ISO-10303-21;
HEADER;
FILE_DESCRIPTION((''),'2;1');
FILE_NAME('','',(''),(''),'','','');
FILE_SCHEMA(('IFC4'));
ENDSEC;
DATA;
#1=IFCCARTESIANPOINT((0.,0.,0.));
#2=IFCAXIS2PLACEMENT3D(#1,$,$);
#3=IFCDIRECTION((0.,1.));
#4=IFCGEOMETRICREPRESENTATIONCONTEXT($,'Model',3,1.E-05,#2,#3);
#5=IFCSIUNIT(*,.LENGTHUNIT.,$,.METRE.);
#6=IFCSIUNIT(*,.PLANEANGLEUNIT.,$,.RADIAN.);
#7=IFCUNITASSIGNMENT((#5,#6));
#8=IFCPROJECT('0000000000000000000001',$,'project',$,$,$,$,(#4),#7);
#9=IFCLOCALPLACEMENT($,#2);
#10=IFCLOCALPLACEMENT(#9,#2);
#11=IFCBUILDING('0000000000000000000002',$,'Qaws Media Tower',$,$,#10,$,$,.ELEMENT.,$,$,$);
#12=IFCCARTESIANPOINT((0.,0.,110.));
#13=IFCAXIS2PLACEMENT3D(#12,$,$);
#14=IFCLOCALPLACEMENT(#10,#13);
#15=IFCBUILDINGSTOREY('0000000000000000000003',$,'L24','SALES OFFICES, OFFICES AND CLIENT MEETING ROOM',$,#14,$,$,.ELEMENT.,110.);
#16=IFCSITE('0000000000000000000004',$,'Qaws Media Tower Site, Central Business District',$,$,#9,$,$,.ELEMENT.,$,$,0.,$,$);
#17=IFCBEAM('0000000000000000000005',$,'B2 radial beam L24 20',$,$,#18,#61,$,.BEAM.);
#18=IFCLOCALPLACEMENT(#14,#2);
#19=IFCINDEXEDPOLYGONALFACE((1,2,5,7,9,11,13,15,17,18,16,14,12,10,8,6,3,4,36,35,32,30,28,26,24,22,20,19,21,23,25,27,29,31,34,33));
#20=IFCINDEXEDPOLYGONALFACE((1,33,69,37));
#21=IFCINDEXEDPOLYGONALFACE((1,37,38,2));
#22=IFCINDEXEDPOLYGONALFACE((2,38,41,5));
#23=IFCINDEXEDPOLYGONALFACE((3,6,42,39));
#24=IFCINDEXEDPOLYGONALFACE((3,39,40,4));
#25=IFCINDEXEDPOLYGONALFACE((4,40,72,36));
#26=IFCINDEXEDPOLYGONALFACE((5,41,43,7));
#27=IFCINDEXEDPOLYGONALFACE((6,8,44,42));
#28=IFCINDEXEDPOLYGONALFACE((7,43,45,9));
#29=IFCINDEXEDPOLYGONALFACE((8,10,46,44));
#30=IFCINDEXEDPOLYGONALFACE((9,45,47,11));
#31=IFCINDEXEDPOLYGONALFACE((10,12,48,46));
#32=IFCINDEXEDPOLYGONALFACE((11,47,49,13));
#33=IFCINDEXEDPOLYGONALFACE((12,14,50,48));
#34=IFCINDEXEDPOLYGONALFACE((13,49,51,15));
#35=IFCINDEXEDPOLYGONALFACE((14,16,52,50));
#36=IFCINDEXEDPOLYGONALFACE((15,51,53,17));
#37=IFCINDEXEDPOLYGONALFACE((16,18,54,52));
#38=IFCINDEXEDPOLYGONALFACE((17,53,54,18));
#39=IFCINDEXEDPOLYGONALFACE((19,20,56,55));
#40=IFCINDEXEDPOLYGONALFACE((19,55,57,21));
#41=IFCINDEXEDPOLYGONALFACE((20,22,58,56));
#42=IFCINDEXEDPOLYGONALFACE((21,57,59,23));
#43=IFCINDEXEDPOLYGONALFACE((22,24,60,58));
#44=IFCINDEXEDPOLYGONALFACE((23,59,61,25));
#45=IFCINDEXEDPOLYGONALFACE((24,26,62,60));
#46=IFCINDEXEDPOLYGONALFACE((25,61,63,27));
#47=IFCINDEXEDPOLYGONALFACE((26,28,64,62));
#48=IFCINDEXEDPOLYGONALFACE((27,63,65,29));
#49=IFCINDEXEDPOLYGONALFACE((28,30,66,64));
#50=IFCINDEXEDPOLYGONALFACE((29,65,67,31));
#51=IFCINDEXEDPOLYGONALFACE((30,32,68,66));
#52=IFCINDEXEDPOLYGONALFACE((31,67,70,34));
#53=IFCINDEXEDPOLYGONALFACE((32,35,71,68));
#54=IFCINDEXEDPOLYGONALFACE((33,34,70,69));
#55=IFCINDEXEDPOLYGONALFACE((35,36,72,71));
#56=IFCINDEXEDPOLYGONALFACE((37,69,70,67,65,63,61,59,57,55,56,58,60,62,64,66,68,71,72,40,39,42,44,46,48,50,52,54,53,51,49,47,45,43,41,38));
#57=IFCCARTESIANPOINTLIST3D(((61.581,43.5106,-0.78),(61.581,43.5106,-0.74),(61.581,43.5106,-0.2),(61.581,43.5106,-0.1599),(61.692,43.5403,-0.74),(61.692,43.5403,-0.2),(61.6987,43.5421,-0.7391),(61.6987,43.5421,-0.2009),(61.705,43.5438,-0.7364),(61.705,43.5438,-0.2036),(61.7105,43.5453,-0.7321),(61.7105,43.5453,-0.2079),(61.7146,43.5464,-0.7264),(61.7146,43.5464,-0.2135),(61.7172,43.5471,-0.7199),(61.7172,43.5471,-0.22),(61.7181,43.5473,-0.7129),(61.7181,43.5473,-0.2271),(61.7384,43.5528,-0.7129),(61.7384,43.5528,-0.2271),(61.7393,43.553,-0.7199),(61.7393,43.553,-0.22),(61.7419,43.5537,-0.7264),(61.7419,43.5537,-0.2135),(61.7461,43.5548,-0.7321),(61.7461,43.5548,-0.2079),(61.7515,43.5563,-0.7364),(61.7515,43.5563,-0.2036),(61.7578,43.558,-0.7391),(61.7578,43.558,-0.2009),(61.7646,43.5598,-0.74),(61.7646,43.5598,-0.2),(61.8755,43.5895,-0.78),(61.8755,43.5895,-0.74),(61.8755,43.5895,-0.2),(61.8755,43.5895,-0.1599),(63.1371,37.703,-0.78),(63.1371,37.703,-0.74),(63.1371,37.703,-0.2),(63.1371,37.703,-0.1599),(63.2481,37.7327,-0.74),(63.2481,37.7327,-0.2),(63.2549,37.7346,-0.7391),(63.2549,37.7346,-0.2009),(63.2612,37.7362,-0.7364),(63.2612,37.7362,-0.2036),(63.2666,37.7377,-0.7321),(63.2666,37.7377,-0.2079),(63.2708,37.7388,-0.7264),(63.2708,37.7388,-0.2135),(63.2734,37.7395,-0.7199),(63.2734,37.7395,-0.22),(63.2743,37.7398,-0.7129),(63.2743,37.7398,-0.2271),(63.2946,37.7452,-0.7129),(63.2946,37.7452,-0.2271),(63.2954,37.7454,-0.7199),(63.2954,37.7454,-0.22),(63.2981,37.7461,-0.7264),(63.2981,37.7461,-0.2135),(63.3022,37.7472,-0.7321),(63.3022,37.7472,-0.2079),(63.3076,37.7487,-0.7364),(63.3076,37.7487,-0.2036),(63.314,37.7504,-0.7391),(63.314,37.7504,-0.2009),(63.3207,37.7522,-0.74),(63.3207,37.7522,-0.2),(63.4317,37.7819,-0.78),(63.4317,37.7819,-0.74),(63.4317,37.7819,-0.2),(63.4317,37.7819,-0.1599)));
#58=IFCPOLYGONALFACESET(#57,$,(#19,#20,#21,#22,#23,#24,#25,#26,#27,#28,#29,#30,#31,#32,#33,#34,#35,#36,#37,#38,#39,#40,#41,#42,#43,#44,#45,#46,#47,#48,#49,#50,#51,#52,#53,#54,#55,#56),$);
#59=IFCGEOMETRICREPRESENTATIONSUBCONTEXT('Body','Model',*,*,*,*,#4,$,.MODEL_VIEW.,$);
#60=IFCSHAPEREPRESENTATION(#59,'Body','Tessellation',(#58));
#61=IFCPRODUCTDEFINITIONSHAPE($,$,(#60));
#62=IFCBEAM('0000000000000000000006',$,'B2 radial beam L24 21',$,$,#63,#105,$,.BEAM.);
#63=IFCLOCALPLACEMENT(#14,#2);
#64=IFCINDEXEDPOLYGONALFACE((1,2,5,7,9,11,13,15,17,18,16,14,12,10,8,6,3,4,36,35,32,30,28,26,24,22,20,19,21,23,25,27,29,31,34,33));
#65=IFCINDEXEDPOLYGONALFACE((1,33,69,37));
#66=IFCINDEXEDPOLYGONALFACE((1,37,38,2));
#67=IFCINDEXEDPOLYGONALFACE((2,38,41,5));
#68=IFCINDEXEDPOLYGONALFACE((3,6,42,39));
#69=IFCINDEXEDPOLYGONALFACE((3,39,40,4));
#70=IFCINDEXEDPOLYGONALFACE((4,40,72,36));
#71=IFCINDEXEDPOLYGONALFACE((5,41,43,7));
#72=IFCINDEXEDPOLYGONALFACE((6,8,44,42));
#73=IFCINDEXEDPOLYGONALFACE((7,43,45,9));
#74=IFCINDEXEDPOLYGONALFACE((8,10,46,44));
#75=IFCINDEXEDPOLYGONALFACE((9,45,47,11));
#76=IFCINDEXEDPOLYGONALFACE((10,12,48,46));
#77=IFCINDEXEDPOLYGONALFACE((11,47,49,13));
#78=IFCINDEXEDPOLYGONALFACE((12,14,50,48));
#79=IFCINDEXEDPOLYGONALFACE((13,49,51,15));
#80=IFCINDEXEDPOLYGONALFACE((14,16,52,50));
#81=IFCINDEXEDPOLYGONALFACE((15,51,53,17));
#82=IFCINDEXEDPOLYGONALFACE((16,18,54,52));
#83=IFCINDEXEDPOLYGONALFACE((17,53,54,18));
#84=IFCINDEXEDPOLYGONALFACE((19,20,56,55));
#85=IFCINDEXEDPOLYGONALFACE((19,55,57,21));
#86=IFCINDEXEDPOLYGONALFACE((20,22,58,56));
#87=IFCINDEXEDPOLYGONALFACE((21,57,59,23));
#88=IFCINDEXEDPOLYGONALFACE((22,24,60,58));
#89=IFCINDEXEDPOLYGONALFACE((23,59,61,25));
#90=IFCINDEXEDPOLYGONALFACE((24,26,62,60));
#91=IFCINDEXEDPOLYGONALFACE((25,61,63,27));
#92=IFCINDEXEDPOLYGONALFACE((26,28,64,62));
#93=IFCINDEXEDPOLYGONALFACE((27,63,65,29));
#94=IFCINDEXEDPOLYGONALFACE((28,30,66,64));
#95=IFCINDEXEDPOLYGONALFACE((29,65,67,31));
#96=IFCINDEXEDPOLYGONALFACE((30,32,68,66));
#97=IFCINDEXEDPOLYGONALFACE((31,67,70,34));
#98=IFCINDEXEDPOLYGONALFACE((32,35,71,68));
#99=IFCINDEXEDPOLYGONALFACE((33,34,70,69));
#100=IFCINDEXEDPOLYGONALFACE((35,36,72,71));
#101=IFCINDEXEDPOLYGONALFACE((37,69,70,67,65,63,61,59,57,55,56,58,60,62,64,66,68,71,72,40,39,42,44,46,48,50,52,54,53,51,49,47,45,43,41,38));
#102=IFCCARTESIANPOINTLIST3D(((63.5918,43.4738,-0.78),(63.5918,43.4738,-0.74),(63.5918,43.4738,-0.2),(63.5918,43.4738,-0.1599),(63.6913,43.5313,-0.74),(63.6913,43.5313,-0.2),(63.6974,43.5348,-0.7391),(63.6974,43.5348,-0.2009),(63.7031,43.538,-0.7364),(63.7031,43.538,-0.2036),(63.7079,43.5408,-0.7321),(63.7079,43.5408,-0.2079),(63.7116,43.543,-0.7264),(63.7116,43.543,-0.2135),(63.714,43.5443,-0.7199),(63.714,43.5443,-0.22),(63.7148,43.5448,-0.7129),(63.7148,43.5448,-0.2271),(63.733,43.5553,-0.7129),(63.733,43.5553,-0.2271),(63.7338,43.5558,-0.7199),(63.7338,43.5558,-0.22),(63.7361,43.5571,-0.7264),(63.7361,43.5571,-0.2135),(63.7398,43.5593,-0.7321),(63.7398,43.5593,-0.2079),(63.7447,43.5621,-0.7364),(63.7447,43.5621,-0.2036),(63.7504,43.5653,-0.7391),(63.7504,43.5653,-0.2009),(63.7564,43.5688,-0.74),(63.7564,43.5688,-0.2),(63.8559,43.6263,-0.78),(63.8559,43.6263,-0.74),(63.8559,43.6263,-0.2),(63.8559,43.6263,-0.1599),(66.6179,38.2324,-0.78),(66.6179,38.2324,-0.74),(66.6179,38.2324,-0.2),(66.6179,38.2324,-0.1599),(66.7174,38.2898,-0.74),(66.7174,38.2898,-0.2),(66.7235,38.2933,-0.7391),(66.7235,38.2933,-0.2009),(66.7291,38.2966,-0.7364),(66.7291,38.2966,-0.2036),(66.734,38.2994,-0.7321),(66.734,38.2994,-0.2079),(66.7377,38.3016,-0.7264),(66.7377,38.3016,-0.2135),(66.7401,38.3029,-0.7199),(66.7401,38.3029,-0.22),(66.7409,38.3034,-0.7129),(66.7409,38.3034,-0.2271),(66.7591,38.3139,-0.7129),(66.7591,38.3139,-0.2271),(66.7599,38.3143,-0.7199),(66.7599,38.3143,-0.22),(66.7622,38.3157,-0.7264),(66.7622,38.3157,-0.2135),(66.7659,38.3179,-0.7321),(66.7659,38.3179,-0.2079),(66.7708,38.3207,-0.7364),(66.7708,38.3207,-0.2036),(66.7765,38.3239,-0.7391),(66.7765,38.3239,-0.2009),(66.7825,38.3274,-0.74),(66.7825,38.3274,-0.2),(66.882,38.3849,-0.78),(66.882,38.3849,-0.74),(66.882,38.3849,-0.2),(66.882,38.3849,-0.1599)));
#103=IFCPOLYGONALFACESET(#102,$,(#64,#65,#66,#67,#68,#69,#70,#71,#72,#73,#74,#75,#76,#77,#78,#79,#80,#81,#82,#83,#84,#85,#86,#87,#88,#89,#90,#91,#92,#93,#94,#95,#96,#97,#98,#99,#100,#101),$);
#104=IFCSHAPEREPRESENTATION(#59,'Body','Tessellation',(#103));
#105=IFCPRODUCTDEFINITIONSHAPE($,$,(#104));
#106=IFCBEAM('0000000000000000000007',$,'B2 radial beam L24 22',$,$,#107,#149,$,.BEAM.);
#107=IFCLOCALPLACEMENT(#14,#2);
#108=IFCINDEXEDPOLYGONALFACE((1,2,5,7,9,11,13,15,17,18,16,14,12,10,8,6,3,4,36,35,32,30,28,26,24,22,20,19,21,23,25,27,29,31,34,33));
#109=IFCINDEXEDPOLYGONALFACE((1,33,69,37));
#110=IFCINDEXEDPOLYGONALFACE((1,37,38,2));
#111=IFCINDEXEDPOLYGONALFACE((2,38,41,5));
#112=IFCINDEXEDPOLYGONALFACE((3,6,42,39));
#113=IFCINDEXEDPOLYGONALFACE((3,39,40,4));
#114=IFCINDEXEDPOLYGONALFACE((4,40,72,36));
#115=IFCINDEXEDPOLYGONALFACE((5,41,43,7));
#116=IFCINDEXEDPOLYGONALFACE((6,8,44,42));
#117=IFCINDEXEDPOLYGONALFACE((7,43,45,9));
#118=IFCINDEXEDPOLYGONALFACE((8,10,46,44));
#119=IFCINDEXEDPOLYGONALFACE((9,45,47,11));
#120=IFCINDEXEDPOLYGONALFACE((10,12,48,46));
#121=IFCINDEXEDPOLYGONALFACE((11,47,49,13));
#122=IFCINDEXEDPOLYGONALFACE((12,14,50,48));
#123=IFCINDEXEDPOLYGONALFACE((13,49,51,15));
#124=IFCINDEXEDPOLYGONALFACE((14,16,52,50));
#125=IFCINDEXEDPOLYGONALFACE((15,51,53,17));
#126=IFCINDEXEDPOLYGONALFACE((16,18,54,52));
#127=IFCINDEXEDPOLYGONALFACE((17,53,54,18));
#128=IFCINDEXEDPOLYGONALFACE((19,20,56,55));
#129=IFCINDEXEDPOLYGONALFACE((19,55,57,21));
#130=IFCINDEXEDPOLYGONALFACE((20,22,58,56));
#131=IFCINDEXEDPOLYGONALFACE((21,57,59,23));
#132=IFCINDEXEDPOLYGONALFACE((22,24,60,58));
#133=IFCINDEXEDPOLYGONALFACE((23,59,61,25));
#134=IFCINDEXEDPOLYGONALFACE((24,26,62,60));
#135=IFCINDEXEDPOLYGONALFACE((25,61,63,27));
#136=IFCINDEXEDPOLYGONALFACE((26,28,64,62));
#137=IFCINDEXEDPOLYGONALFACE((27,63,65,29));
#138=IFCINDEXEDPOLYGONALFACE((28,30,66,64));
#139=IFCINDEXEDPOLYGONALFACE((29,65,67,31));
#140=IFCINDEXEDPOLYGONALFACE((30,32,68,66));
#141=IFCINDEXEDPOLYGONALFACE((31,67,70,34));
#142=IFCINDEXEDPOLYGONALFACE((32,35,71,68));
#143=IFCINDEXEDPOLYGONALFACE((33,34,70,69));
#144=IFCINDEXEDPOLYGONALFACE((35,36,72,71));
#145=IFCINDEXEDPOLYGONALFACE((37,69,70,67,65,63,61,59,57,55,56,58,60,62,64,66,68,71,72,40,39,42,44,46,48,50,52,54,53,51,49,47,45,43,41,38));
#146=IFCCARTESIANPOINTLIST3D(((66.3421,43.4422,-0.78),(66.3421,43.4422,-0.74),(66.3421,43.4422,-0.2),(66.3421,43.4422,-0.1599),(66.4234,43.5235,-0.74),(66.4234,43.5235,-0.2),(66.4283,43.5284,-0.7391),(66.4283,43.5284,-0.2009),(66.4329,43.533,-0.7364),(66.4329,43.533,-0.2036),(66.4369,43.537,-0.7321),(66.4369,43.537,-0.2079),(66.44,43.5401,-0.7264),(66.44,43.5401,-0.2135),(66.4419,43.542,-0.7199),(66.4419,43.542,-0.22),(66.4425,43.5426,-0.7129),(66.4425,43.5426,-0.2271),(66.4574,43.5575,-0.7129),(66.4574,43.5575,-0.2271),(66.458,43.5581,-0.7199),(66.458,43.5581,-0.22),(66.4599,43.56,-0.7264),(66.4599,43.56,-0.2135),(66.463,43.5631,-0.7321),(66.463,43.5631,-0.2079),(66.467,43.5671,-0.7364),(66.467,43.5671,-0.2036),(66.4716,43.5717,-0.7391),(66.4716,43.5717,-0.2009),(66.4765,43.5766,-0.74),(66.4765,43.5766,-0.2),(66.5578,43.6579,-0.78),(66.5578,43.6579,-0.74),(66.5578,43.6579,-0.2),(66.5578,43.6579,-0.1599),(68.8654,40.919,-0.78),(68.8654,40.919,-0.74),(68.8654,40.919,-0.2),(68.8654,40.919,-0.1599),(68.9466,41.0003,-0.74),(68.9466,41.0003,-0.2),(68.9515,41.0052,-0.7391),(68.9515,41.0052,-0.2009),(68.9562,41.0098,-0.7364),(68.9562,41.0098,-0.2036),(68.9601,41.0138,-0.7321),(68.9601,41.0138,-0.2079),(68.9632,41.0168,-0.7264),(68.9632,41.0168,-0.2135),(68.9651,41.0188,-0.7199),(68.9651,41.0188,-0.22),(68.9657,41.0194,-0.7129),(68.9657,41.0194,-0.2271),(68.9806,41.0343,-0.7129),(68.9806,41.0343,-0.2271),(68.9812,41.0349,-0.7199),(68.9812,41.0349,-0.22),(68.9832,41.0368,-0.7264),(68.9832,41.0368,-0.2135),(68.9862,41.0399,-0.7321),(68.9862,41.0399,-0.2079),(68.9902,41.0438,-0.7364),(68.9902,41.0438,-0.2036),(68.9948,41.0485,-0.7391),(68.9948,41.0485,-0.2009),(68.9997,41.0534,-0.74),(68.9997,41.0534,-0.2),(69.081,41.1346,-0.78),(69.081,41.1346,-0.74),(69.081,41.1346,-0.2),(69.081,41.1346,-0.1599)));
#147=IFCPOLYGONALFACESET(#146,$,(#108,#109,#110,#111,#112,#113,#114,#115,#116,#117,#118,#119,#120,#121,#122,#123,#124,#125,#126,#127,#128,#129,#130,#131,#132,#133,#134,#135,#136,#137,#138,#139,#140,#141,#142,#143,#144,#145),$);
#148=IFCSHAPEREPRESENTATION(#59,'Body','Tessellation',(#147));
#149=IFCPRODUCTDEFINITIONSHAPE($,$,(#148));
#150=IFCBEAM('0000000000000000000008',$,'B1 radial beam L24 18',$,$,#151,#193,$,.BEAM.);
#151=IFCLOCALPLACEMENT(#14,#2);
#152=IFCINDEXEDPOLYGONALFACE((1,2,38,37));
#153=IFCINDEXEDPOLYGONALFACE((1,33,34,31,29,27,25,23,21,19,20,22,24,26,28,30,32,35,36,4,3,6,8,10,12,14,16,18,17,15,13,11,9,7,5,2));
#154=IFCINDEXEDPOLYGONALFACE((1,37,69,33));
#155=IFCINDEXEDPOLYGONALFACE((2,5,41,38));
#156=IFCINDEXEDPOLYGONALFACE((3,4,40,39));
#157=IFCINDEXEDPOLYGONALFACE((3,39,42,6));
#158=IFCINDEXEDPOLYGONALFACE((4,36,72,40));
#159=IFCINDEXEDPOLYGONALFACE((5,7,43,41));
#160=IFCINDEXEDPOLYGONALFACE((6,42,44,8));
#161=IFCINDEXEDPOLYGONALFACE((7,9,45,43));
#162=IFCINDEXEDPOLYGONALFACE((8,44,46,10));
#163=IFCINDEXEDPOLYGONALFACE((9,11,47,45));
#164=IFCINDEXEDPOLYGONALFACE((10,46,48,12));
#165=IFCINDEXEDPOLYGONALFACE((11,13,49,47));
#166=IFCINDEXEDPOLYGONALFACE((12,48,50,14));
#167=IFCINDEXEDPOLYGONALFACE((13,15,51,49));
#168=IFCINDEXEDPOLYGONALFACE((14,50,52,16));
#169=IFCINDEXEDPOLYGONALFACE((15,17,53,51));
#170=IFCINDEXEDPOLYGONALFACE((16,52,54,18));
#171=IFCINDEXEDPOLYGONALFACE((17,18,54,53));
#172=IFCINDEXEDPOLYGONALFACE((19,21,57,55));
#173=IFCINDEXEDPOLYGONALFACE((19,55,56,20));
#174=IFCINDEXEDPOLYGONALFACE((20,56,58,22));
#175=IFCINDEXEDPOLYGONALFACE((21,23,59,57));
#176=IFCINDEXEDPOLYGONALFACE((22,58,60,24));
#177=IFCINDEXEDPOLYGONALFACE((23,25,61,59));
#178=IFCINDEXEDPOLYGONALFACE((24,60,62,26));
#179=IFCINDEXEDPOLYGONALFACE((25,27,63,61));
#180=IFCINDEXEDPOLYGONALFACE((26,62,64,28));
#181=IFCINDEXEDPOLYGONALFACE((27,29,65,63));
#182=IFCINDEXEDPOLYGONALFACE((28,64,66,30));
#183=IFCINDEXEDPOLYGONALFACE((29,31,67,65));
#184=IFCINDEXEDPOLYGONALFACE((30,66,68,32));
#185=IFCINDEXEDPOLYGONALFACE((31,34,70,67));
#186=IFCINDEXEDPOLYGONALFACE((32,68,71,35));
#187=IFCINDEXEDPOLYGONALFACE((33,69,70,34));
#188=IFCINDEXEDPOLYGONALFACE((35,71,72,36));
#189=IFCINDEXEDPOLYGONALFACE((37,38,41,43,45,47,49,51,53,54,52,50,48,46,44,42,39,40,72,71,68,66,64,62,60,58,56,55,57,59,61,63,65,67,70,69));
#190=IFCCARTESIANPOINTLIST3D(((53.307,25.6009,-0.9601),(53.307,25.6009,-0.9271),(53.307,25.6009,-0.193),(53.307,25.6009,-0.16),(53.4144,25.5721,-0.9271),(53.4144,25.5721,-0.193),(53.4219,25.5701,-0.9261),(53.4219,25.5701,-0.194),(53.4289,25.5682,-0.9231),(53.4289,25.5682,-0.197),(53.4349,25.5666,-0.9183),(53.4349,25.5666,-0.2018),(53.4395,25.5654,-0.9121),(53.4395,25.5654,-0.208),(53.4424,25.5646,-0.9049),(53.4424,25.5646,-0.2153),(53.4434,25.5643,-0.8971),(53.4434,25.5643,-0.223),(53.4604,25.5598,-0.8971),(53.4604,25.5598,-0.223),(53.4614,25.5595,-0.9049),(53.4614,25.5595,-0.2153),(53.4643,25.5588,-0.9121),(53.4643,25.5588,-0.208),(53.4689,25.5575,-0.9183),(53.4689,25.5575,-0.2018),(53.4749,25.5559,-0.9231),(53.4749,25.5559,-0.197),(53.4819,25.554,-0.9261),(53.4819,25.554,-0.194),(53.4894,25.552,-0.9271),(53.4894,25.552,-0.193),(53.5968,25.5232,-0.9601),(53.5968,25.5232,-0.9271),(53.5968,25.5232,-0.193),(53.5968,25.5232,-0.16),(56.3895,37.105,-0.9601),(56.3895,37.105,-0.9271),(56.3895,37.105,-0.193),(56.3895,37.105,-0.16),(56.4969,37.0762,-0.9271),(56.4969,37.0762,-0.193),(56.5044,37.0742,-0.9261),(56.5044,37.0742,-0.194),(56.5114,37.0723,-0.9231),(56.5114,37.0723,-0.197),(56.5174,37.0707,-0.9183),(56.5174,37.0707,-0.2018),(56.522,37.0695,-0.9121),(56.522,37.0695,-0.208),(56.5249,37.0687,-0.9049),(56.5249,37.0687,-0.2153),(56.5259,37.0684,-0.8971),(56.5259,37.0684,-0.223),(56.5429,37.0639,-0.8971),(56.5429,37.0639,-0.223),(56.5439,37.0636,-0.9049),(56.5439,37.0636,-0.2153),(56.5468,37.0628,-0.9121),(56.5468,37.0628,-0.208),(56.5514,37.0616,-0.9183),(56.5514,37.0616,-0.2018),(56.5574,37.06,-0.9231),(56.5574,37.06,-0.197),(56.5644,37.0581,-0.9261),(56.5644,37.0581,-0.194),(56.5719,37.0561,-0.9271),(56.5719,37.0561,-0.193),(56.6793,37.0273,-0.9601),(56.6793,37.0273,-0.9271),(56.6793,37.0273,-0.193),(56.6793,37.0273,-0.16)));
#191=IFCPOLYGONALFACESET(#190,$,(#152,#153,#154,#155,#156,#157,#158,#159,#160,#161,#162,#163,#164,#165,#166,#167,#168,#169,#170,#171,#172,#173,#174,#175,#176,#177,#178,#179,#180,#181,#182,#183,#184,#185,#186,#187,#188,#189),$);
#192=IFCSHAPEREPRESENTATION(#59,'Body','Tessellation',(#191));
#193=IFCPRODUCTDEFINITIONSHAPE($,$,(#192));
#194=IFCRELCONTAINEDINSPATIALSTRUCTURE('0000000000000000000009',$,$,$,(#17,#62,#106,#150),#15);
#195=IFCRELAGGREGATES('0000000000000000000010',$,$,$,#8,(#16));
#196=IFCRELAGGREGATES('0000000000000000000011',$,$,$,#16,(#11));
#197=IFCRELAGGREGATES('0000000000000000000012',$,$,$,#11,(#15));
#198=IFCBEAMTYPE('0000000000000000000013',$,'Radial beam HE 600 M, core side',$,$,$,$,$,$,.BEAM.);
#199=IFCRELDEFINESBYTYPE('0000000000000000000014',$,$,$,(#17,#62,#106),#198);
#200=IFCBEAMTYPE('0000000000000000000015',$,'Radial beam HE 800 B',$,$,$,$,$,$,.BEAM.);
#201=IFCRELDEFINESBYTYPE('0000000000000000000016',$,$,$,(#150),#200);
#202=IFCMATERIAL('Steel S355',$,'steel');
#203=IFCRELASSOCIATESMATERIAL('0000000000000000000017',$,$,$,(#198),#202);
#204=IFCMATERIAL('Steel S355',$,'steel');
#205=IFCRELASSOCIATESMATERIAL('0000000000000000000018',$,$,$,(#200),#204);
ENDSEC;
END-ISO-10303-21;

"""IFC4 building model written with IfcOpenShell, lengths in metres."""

from ifc_helpers import new_model, si_unit, direction, frame, origin, origin_2d, place, context, subcontext, project, spatial, i_section, extrude, material, material_profile, profile_set, type_object, element, save


model = new_model("IFC4")

# Units and contexts
model_context = context("Model", 3, precision=1e-05, world=origin(), true_north=direction((0.0, 1.0)))
body_context = subcontext(model_context, "Body", "Model", "MODEL_VIEW")
ifc_project = project(units=[si_unit("LENGTHUNIT", "METRE"), si_unit("PLANEANGLEUNIT", "RADIAN")], contexts=[model_context])

# Site, building, storey
site_placement = place(None, origin())
site = spatial("IfcSite", under=ifc_project, at=site_placement, Name="Qaws Media Tower Site, Central Business District", CompositionType="ELEMENT", RefElevation=0.0)
building_placement = place(site_placement, origin())
building = spatial("IfcBuilding", under=site, at=building_placement, Name="Qaws Media Tower", CompositionType="ELEMENT")
storey_placement = place(building_placement, frame((0.0, 0.0, 110.0)))
storey = spatial("IfcBuildingStorey", under=building, at=storey_placement, Name="L24", Description="SALES OFFICES, OFFICES AND CLIENT MEETING ROOM", CompositionType="ELEMENT", Elevation=110.0)

# Beams
ifc_material_1 = material(Name="Steel S355", Category="steel")
ifc_material_profile_1 = material_profile(ifc_material_1, i_section(OverallWidth=0.3049, OverallDepth=0.6201, WebThickness=0.021, FlangeThickness=0.04, FilletRadius=0.0271, at=origin_2d()), Name="HE 600 M")
ifc_profile_set_1 = profile_set([ifc_material_profile_1], Name="Steel S355")
beam_type_1 = type_object("IfcBeamType", Name="Radial beam HE 600 M, core side", PredefinedType="BEAM", material=ifc_profile_set_1)
beam_1_placement = place(storey_placement, frame((61.7283, 43.55, -0.47), z_axis=(0.25882, -0.965926, 0.0), x_axis=(0.965926, 0.25882, 0.0)))
element("IfcBeam", 1, at=beam_1_placement, inside=storey, type_object=beam_type_1, Name="B2 radial beam L24 20", PredefinedType="BEAM", context=body_context, shape_type="SweptSolid", body=[
    extrude(i_section(OverallWidth=0.3049, OverallDepth=0.6201, WebThickness=0.021, FlangeThickness=0.04, FilletRadius=0.0271, at=origin_2d()), origin(), (0.0, 0.0, 1.0), 6.0125),
])
beam_2_placement = place(storey_placement, frame((63.7239, 43.55, -0.47), z_axis=(0.499996, -0.866028, 0.0), x_axis=(0.866028, 0.499996, 0.0)))
element("IfcBeam", 2, at=beam_2_placement, inside=storey, type_object=beam_type_1, Name="B2 radial beam L24 21", PredefinedType="BEAM", context=body_context, shape_type="SweptSolid", body=[
    extrude(i_section(OverallWidth=0.3049, OverallDepth=0.6201, WebThickness=0.021, FlangeThickness=0.04, FilletRadius=0.0271, at=origin_2d()), origin(), (0.0, 0.0, 1.0), 6.0522),
])
beam_3_placement = place(storey_placement, frame((66.45, 43.55, -0.47), z_axis=(0.707107, -0.707107, 0.0), x_axis=(0.707107, 0.707107, 0.0)))
element("IfcBeam", 3, at=beam_3_placement, inside=storey, type_object=beam_type_1, Name="B2 radial beam L24 22", PredefinedType="BEAM", context=body_context, shape_type="SweptSolid", body=[
    extrude(i_section(OverallWidth=0.3049, OverallDepth=0.6201, WebThickness=0.021, FlangeThickness=0.04, FilletRadius=0.0271, at=origin_2d()), origin(), (0.0, 0.0, 1.0), 3.5684),
])
ifc_material_2 = material(Name="Steel S355", Category="steel")
ifc_material_profile_2 = material_profile(ifc_material_2, i_section(OverallWidth=0.3, OverallDepth=0.8, WebThickness=0.0176, FlangeThickness=0.033, FilletRadius=0.03, at=origin_2d()), Name="HE 800 B")
ifc_profile_set_2 = profile_set([ifc_material_profile_2], Name="Steel S355")
beam_type_2 = type_object("IfcBeamType", Name="Radial beam HE 800 B", PredefinedType="BEAM", material=ifc_profile_set_2)
beam_4_placement = place(storey_placement, frame((56.5344, 37.0662, -0.5601), z_axis=(-0.258818, -0.965926, 0.0), x_axis=(0.965926, -0.258818, 0.0)))
element("IfcBeam", 4, at=beam_4_placement, inside=storey, type_object=beam_type_2, Name="B1 radial beam L24 18", PredefinedType="BEAM", context=body_context, shape_type="SweptSolid", body=[
    extrude(i_section(OverallWidth=0.3, OverallDepth=0.8, WebThickness=0.0176, FlangeThickness=0.033, FilletRadius=0.03, at=origin_2d()), origin(), (0.0, 0.0, 1.0), 11.9099),
])

save(model, "model.ifc")
